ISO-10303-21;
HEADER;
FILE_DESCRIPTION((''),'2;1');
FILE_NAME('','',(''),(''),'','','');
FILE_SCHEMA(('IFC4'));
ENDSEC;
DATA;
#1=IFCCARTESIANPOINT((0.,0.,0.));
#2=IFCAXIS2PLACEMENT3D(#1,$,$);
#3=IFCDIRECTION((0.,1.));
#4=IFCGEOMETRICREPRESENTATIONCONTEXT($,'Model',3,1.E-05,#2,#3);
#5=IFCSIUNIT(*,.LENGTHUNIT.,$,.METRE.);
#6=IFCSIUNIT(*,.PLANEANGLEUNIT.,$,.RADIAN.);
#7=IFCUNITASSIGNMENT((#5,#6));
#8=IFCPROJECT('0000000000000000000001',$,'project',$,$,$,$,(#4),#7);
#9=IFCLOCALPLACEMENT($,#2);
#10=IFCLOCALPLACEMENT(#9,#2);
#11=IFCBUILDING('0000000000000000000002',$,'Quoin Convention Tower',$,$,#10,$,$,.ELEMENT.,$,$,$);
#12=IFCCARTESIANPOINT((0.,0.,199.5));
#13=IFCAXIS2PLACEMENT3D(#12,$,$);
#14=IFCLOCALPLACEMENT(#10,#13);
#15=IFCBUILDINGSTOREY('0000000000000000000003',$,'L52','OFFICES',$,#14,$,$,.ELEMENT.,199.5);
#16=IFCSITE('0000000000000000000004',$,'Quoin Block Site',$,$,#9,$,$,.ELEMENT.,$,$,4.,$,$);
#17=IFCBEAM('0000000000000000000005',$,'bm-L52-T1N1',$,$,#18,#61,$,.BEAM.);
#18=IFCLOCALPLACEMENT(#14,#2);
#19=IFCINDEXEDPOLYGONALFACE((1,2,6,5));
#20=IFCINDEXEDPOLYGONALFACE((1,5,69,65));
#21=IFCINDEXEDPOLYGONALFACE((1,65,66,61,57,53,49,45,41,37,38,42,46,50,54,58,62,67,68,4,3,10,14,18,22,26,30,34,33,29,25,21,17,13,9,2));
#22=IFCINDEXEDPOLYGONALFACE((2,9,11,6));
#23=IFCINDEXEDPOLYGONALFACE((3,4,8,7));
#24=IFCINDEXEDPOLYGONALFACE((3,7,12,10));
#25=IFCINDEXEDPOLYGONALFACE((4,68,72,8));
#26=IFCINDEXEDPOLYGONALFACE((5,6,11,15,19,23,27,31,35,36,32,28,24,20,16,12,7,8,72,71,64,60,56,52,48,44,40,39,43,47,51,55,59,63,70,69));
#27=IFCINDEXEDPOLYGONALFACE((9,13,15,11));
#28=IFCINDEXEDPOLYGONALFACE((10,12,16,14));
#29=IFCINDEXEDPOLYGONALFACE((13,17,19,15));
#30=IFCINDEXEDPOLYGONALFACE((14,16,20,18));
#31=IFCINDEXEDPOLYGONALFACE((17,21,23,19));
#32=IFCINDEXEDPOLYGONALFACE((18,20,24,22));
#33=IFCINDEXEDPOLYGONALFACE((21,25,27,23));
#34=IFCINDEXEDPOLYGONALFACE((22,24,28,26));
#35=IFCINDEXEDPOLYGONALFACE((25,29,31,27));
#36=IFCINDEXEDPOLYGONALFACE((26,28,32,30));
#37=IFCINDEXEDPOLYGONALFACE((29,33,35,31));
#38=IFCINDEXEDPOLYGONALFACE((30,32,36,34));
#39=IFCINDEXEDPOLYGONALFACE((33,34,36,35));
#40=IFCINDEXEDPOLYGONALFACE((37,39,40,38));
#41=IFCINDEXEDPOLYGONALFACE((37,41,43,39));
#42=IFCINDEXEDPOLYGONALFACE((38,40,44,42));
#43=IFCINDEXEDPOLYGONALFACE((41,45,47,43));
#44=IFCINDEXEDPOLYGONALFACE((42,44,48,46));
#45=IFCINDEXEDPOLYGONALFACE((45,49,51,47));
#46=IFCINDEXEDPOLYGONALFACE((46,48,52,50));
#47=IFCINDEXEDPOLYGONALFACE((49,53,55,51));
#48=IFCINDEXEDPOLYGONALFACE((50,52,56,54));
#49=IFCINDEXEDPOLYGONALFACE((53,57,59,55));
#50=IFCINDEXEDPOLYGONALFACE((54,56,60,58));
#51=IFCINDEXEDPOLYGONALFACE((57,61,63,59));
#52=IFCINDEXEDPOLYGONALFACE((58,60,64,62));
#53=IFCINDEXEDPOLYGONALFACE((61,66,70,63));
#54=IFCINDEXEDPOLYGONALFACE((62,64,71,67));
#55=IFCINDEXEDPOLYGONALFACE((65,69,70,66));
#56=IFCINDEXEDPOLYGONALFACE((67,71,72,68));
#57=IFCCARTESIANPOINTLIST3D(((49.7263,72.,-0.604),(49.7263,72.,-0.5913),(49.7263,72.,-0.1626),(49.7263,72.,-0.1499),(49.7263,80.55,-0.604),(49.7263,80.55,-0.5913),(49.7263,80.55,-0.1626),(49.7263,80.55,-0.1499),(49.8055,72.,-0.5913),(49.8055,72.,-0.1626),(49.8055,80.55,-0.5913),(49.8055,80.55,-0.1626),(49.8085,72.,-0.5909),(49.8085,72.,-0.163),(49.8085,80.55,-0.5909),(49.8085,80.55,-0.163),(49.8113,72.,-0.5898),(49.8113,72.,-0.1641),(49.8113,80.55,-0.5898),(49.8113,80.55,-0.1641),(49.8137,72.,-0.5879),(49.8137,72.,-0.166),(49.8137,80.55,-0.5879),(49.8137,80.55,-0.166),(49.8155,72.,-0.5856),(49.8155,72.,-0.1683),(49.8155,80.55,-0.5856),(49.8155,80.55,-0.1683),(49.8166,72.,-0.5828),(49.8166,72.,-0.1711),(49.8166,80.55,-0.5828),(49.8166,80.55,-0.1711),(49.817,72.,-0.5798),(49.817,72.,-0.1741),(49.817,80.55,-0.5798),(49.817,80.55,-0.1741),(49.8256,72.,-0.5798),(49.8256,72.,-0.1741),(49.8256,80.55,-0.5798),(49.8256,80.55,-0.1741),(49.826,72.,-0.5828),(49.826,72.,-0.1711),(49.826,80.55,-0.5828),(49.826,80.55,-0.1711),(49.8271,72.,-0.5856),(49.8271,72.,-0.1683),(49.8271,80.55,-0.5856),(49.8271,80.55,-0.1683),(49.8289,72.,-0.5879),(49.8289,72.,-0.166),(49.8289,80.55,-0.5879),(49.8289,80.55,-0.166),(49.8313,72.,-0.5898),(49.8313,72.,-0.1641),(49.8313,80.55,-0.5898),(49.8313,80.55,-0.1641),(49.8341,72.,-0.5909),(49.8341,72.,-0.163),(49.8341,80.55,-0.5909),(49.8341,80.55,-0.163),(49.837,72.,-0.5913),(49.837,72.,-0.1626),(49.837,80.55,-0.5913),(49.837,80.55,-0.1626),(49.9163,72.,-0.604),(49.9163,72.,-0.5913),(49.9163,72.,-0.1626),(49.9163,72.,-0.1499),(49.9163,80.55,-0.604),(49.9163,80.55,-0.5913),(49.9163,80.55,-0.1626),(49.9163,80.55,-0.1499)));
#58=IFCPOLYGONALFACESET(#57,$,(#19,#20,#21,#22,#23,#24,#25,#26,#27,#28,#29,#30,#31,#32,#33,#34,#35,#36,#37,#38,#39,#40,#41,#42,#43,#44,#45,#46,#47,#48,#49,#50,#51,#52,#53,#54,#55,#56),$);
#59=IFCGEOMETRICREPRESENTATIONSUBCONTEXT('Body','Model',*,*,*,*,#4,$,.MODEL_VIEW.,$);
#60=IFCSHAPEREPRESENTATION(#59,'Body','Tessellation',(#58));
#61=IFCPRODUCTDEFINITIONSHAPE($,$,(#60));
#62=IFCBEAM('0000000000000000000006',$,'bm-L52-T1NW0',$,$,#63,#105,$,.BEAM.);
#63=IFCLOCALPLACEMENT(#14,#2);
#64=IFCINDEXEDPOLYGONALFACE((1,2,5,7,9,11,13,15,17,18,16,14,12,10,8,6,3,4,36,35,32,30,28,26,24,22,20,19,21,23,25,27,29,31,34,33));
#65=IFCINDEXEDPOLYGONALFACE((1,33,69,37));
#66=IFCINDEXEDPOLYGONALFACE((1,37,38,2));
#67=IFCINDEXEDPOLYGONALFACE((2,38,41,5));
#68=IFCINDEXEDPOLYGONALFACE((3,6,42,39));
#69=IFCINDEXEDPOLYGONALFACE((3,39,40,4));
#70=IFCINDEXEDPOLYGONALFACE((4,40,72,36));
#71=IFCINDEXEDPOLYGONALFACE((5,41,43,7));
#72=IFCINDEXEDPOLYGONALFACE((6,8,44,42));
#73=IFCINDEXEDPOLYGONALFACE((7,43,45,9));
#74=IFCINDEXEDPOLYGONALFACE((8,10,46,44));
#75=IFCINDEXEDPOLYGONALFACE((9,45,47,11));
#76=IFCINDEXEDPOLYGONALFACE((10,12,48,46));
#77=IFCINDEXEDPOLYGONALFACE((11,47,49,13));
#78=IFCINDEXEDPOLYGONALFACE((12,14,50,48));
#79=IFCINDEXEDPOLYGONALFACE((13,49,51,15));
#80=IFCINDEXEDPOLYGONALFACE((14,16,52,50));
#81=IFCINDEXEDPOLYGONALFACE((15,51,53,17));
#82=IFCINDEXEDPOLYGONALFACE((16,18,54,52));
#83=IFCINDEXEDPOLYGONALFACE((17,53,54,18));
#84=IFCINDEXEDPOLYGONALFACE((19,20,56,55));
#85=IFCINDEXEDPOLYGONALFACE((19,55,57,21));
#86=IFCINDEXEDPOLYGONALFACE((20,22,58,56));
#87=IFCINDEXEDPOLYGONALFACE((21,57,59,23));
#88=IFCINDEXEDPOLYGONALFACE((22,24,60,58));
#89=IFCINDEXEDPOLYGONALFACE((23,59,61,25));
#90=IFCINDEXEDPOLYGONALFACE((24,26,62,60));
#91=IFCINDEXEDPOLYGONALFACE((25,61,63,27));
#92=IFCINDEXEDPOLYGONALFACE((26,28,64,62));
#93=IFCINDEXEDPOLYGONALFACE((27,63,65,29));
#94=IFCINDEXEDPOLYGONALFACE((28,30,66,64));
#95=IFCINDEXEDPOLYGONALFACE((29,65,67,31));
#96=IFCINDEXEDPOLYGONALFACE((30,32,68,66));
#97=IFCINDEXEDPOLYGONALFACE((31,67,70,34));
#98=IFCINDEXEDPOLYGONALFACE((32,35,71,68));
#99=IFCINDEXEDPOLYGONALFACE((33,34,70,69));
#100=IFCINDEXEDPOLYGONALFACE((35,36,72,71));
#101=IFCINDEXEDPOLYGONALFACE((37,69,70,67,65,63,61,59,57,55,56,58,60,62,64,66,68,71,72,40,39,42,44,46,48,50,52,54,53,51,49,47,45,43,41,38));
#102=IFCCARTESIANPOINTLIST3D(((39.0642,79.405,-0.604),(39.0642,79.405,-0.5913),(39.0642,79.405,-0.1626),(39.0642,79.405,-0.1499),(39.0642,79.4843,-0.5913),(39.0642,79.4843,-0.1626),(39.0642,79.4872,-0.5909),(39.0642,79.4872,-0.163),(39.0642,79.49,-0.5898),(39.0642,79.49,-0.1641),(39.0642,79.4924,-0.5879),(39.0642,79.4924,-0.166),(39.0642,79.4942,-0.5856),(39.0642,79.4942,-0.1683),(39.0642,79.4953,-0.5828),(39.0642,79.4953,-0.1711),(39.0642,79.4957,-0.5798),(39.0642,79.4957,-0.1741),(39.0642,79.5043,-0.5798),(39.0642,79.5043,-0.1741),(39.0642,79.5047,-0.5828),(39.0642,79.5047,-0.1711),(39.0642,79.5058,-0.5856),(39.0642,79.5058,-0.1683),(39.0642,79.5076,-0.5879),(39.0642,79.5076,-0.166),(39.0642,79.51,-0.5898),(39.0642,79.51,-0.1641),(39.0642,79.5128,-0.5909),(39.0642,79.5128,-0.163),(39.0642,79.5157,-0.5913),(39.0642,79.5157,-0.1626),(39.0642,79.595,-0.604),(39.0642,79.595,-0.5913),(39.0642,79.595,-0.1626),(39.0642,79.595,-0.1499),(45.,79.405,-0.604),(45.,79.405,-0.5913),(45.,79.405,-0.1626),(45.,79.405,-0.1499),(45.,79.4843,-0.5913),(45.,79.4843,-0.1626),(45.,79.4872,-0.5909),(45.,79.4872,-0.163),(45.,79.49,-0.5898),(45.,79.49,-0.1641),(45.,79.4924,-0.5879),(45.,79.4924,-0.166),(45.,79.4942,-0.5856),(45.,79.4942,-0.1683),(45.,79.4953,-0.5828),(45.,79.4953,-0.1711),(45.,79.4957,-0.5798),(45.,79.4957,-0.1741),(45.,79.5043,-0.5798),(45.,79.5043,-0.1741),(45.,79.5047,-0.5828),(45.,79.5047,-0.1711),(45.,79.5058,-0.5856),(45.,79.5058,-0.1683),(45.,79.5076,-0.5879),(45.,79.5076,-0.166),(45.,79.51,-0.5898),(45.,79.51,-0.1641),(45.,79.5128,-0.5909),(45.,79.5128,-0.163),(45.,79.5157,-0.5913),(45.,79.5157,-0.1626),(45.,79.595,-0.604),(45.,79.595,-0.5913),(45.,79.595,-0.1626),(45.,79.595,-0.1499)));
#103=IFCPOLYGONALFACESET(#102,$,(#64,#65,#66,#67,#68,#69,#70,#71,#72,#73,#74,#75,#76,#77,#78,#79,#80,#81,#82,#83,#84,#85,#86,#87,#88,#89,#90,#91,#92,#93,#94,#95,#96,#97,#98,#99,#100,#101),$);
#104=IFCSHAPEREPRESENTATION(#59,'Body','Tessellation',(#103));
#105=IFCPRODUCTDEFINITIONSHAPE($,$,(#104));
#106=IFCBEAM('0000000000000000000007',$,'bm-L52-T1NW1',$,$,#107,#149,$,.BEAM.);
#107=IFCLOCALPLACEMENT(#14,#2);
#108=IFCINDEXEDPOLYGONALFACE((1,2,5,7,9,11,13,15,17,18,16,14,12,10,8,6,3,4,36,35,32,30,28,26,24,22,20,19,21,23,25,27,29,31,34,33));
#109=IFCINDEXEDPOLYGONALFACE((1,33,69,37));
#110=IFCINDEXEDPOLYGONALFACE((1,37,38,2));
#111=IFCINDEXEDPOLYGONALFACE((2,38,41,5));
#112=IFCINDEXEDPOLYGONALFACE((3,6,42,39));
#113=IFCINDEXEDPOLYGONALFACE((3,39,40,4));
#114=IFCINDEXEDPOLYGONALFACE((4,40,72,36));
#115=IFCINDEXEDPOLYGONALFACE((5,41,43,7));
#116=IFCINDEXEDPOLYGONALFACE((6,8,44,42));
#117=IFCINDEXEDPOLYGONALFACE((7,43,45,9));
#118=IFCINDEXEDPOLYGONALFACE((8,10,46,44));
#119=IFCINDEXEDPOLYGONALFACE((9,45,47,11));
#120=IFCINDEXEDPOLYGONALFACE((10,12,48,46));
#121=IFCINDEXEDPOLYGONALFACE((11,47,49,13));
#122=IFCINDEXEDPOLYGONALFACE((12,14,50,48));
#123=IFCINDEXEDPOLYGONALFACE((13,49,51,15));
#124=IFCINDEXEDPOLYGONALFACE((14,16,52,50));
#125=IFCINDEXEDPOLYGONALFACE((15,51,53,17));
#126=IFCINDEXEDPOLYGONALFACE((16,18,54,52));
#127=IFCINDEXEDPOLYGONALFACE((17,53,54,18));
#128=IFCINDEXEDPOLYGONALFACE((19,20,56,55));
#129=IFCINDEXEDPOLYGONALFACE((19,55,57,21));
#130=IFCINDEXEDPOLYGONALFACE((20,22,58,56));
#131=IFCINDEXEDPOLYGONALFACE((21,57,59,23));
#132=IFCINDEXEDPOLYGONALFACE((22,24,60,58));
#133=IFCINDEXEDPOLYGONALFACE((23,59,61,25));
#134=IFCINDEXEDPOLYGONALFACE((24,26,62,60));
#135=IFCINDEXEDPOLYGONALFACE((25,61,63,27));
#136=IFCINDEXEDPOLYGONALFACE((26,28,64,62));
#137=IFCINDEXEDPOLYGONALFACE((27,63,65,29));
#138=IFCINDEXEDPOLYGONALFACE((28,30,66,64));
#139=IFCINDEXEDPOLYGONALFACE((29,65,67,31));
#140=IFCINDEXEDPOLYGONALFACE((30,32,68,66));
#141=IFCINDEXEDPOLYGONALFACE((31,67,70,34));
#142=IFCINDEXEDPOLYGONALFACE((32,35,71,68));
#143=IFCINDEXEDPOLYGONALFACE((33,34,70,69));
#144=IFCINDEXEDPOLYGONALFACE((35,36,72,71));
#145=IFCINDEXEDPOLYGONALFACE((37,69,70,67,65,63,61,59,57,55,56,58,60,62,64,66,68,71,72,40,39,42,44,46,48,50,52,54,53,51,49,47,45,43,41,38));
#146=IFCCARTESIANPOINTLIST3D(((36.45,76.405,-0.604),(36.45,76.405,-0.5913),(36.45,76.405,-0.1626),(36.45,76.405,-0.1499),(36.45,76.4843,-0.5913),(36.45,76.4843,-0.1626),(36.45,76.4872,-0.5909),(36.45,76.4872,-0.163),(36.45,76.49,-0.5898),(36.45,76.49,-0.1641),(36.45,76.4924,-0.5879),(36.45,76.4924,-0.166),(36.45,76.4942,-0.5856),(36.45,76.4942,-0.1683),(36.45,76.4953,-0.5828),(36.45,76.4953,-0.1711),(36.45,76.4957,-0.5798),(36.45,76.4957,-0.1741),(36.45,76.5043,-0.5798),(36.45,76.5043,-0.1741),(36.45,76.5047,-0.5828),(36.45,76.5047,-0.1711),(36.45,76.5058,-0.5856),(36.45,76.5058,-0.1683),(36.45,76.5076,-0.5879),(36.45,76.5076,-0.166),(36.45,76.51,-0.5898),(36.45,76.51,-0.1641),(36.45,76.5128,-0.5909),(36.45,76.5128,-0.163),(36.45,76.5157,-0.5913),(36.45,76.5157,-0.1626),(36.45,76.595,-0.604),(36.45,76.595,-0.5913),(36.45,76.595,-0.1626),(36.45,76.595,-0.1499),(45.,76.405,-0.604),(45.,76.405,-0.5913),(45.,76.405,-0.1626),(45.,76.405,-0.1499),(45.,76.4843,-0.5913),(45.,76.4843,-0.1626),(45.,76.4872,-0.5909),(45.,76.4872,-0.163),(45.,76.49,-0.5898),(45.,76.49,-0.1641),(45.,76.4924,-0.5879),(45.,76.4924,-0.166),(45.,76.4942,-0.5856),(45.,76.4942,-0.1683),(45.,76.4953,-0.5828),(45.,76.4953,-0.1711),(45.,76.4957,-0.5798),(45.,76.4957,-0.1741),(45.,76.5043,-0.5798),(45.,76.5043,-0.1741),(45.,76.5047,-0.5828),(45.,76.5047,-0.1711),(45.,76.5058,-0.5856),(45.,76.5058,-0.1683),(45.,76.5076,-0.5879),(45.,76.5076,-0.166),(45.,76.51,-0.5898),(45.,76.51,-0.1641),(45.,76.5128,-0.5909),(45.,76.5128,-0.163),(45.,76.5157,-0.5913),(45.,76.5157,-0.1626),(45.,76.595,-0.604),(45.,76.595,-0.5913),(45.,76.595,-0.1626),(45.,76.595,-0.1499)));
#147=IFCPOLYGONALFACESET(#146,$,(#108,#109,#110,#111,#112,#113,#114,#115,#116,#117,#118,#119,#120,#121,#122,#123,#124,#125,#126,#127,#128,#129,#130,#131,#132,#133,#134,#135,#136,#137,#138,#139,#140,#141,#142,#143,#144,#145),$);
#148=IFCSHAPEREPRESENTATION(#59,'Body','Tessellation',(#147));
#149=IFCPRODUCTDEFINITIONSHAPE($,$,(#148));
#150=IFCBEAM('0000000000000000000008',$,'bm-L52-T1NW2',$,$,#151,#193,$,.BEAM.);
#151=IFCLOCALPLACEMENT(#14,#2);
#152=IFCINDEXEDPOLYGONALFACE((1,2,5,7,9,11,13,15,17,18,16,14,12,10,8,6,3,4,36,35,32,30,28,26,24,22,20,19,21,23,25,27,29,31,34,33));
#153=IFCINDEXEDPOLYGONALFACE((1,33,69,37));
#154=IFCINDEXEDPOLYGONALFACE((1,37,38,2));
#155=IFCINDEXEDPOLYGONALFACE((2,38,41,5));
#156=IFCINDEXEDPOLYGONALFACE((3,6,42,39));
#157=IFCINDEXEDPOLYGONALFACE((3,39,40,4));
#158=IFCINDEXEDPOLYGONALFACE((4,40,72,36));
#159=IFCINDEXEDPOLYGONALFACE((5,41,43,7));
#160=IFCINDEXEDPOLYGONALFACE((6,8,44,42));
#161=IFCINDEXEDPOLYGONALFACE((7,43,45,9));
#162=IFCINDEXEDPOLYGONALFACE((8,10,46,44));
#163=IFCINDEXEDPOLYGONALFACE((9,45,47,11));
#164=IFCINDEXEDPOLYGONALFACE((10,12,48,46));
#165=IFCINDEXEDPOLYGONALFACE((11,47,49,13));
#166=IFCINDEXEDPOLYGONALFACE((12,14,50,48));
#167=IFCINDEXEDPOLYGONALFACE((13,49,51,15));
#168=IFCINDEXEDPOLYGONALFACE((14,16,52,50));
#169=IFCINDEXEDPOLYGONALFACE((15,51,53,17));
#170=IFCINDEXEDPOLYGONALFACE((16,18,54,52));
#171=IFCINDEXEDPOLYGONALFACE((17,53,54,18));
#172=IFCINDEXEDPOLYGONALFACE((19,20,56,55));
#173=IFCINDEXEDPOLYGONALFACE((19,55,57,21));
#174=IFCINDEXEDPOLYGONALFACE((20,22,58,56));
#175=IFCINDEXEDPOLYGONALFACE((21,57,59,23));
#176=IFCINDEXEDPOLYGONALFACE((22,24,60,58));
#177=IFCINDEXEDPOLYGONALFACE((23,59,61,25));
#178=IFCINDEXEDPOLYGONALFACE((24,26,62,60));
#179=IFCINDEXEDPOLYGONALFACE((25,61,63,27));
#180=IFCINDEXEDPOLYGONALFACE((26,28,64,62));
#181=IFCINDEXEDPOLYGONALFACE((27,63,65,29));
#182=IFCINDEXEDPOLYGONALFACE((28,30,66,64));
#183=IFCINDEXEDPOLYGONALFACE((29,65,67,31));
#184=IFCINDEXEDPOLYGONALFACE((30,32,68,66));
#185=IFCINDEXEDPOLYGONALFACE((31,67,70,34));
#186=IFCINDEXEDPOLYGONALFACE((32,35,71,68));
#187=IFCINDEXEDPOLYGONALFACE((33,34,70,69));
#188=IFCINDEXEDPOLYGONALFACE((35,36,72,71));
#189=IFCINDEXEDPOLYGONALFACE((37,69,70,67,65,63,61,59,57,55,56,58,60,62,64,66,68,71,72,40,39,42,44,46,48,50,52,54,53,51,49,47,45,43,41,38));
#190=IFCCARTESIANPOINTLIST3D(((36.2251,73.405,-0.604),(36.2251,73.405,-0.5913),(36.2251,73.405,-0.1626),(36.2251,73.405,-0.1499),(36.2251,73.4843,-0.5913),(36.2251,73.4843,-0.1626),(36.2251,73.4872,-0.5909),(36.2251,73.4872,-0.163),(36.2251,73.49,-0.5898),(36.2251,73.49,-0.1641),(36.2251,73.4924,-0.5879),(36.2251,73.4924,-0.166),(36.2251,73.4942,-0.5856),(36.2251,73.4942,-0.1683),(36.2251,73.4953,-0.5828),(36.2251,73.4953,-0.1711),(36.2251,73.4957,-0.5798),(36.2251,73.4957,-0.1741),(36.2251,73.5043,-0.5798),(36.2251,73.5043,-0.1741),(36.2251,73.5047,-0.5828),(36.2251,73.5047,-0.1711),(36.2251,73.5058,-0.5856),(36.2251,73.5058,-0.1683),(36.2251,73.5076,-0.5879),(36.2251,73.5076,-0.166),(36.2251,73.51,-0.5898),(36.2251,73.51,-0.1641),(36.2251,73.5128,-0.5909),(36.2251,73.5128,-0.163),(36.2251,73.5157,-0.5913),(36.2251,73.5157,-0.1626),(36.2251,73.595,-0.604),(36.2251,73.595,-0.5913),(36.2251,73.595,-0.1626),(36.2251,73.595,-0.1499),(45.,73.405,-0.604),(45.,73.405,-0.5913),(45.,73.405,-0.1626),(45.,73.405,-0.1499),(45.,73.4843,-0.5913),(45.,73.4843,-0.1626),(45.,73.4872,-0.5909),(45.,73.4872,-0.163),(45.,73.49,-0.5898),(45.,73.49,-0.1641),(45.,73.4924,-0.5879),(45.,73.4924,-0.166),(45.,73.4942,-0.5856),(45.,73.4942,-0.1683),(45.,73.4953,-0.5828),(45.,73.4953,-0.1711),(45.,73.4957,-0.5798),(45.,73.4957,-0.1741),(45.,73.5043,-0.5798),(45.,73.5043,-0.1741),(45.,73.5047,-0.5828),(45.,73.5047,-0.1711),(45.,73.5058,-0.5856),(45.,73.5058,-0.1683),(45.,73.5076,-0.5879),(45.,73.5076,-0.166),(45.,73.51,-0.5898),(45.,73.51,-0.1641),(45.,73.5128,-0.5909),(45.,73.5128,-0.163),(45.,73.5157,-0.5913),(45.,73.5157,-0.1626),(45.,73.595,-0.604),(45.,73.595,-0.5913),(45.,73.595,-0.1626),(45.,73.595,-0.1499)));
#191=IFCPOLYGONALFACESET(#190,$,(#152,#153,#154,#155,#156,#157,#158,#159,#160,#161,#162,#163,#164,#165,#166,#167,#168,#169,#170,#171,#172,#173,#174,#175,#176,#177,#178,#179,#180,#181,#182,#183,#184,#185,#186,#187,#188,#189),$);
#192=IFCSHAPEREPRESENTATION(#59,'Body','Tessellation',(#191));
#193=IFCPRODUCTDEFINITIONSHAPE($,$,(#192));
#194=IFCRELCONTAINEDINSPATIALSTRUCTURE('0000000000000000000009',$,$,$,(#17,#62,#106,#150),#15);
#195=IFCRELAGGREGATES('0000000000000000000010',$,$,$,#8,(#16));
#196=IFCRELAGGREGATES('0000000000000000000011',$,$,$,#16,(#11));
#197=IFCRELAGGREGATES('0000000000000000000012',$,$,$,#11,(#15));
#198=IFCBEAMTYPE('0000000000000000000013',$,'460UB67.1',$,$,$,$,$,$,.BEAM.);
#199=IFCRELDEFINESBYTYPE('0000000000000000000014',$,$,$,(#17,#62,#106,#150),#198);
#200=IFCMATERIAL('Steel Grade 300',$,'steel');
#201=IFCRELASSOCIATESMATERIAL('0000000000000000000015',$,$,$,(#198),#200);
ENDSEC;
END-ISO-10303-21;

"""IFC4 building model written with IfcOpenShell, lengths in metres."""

from ifc_helpers import new_model, si_unit, direction, frame, origin, origin_2d, place, context, subcontext, project, spatial, i_section, extrude, material, material_profile, profile_set, type_object, element, save


model = new_model("IFC4")

# Units and contexts
model_context = context("Model", 3, precision=1e-05, world=origin(), true_north=direction((0.0, 1.0)))
body_context = subcontext(model_context, "Body", "Model", "MODEL_VIEW")
ifc_project = project(units=[si_unit("LENGTHUNIT", "METRE"), si_unit("PLANEANGLEUNIT", "RADIAN")], contexts=[model_context])

# Site, building, storey
site_placement = place(None, origin())
site = spatial("IfcSite", under=ifc_project, at=site_placement, Name="Quoin Block Site", CompositionType="ELEMENT", RefElevation=4.0)
building_placement = place(site_placement, origin())
building = spatial("IfcBuilding", under=site, at=building_placement, Name="Quoin Convention Tower", CompositionType="ELEMENT")
storey_placement = place(building_placement, frame((0.0, 0.0, 199.5)))
storey = spatial("IfcBuildingStorey", under=building, at=storey_placement, Name="L52", Description="OFFICES", CompositionType="ELEMENT", Elevation=199.5)

# Beams
ifc_material_1 = material(Name="Steel Grade 300", Category="steel")
ifc_material_profile_1 = material_profile(ifc_material_1, i_section(OverallWidth=0.1899, OverallDepth=0.4541, WebThickness=0.0085, FlangeThickness=0.0127, FilletRadius=0.0115, at=origin_2d()), Name="460UB67.1")
ifc_profile_set_1 = profile_set([ifc_material_profile_1], Name="Steel Grade 300")
beam_type_1 = type_object("IfcBeamType", Name="460UB67.1", PredefinedType="BEAM", material=ifc_profile_set_1)
beam_1_placement = place(storey_placement, frame((49.8213, 72.0, -0.377), z_axis=(0.0, 1.0, 0.0), x_axis=(-1.0, 0.0, 0.0)))
element("IfcBeam", 1, at=beam_1_placement, inside=storey, type_object=beam_type_1, Name="bm-L52-T1N1", PredefinedType="BEAM", context=body_context, shape_type="SweptSolid", body=[
    extrude(i_section(OverallWidth=0.1899, OverallDepth=0.4541, WebThickness=0.0085, FlangeThickness=0.0127, FilletRadius=0.0115, at=origin_2d()), origin(), (0.0, 0.0, 1.0), 8.55),
])
beam_2_placement = place(storey_placement, frame((39.0642, 79.5, -0.377), z_axis=(1.0, 0.0, 0.0), x_axis=(0.0, 1.0, 0.0)))
element("IfcBeam", 2, at=beam_2_placement, inside=storey, type_object=beam_type_1, Name="bm-L52-T1NW0", PredefinedType="BEAM", context=body_context, shape_type="SweptSolid", body=[
    extrude(i_section(OverallWidth=0.1899, OverallDepth=0.4541, WebThickness=0.0085, FlangeThickness=0.0127, FilletRadius=0.0115, at=origin_2d()), origin(), (0.0, 0.0, 1.0), 5.9358),
])
beam_3_placement = place(storey_placement, frame((36.45, 76.5, -0.377), z_axis=(1.0, 0.0, 0.0), x_axis=(0.0, 1.0, 0.0)))
element("IfcBeam", 3, at=beam_3_placement, inside=storey, type_object=beam_type_1, Name="bm-L52-T1NW1", PredefinedType="BEAM", context=body_context, shape_type="SweptSolid", body=[
    extrude(i_section(OverallWidth=0.1899, OverallDepth=0.4541, WebThickness=0.0085, FlangeThickness=0.0127, FilletRadius=0.0115, at=origin_2d()), origin(), (0.0, 0.0, 1.0), 8.55),
])
beam_4_placement = place(storey_placement, frame((36.2251, 73.5, -0.377), z_axis=(1.0, 0.0, 0.0), x_axis=(0.0, 1.0, 0.0)))
element("IfcBeam", 4, at=beam_4_placement, inside=storey, type_object=beam_type_1, Name="bm-L52-T1NW2", PredefinedType="BEAM", context=body_context, shape_type="SweptSolid", body=[
    extrude(i_section(OverallWidth=0.1899, OverallDepth=0.4541, WebThickness=0.0085, FlangeThickness=0.0127, FilletRadius=0.0115, at=origin_2d()), origin(), (0.0, 0.0, 1.0), 8.7749),
])

save(model, "model.ifc")
